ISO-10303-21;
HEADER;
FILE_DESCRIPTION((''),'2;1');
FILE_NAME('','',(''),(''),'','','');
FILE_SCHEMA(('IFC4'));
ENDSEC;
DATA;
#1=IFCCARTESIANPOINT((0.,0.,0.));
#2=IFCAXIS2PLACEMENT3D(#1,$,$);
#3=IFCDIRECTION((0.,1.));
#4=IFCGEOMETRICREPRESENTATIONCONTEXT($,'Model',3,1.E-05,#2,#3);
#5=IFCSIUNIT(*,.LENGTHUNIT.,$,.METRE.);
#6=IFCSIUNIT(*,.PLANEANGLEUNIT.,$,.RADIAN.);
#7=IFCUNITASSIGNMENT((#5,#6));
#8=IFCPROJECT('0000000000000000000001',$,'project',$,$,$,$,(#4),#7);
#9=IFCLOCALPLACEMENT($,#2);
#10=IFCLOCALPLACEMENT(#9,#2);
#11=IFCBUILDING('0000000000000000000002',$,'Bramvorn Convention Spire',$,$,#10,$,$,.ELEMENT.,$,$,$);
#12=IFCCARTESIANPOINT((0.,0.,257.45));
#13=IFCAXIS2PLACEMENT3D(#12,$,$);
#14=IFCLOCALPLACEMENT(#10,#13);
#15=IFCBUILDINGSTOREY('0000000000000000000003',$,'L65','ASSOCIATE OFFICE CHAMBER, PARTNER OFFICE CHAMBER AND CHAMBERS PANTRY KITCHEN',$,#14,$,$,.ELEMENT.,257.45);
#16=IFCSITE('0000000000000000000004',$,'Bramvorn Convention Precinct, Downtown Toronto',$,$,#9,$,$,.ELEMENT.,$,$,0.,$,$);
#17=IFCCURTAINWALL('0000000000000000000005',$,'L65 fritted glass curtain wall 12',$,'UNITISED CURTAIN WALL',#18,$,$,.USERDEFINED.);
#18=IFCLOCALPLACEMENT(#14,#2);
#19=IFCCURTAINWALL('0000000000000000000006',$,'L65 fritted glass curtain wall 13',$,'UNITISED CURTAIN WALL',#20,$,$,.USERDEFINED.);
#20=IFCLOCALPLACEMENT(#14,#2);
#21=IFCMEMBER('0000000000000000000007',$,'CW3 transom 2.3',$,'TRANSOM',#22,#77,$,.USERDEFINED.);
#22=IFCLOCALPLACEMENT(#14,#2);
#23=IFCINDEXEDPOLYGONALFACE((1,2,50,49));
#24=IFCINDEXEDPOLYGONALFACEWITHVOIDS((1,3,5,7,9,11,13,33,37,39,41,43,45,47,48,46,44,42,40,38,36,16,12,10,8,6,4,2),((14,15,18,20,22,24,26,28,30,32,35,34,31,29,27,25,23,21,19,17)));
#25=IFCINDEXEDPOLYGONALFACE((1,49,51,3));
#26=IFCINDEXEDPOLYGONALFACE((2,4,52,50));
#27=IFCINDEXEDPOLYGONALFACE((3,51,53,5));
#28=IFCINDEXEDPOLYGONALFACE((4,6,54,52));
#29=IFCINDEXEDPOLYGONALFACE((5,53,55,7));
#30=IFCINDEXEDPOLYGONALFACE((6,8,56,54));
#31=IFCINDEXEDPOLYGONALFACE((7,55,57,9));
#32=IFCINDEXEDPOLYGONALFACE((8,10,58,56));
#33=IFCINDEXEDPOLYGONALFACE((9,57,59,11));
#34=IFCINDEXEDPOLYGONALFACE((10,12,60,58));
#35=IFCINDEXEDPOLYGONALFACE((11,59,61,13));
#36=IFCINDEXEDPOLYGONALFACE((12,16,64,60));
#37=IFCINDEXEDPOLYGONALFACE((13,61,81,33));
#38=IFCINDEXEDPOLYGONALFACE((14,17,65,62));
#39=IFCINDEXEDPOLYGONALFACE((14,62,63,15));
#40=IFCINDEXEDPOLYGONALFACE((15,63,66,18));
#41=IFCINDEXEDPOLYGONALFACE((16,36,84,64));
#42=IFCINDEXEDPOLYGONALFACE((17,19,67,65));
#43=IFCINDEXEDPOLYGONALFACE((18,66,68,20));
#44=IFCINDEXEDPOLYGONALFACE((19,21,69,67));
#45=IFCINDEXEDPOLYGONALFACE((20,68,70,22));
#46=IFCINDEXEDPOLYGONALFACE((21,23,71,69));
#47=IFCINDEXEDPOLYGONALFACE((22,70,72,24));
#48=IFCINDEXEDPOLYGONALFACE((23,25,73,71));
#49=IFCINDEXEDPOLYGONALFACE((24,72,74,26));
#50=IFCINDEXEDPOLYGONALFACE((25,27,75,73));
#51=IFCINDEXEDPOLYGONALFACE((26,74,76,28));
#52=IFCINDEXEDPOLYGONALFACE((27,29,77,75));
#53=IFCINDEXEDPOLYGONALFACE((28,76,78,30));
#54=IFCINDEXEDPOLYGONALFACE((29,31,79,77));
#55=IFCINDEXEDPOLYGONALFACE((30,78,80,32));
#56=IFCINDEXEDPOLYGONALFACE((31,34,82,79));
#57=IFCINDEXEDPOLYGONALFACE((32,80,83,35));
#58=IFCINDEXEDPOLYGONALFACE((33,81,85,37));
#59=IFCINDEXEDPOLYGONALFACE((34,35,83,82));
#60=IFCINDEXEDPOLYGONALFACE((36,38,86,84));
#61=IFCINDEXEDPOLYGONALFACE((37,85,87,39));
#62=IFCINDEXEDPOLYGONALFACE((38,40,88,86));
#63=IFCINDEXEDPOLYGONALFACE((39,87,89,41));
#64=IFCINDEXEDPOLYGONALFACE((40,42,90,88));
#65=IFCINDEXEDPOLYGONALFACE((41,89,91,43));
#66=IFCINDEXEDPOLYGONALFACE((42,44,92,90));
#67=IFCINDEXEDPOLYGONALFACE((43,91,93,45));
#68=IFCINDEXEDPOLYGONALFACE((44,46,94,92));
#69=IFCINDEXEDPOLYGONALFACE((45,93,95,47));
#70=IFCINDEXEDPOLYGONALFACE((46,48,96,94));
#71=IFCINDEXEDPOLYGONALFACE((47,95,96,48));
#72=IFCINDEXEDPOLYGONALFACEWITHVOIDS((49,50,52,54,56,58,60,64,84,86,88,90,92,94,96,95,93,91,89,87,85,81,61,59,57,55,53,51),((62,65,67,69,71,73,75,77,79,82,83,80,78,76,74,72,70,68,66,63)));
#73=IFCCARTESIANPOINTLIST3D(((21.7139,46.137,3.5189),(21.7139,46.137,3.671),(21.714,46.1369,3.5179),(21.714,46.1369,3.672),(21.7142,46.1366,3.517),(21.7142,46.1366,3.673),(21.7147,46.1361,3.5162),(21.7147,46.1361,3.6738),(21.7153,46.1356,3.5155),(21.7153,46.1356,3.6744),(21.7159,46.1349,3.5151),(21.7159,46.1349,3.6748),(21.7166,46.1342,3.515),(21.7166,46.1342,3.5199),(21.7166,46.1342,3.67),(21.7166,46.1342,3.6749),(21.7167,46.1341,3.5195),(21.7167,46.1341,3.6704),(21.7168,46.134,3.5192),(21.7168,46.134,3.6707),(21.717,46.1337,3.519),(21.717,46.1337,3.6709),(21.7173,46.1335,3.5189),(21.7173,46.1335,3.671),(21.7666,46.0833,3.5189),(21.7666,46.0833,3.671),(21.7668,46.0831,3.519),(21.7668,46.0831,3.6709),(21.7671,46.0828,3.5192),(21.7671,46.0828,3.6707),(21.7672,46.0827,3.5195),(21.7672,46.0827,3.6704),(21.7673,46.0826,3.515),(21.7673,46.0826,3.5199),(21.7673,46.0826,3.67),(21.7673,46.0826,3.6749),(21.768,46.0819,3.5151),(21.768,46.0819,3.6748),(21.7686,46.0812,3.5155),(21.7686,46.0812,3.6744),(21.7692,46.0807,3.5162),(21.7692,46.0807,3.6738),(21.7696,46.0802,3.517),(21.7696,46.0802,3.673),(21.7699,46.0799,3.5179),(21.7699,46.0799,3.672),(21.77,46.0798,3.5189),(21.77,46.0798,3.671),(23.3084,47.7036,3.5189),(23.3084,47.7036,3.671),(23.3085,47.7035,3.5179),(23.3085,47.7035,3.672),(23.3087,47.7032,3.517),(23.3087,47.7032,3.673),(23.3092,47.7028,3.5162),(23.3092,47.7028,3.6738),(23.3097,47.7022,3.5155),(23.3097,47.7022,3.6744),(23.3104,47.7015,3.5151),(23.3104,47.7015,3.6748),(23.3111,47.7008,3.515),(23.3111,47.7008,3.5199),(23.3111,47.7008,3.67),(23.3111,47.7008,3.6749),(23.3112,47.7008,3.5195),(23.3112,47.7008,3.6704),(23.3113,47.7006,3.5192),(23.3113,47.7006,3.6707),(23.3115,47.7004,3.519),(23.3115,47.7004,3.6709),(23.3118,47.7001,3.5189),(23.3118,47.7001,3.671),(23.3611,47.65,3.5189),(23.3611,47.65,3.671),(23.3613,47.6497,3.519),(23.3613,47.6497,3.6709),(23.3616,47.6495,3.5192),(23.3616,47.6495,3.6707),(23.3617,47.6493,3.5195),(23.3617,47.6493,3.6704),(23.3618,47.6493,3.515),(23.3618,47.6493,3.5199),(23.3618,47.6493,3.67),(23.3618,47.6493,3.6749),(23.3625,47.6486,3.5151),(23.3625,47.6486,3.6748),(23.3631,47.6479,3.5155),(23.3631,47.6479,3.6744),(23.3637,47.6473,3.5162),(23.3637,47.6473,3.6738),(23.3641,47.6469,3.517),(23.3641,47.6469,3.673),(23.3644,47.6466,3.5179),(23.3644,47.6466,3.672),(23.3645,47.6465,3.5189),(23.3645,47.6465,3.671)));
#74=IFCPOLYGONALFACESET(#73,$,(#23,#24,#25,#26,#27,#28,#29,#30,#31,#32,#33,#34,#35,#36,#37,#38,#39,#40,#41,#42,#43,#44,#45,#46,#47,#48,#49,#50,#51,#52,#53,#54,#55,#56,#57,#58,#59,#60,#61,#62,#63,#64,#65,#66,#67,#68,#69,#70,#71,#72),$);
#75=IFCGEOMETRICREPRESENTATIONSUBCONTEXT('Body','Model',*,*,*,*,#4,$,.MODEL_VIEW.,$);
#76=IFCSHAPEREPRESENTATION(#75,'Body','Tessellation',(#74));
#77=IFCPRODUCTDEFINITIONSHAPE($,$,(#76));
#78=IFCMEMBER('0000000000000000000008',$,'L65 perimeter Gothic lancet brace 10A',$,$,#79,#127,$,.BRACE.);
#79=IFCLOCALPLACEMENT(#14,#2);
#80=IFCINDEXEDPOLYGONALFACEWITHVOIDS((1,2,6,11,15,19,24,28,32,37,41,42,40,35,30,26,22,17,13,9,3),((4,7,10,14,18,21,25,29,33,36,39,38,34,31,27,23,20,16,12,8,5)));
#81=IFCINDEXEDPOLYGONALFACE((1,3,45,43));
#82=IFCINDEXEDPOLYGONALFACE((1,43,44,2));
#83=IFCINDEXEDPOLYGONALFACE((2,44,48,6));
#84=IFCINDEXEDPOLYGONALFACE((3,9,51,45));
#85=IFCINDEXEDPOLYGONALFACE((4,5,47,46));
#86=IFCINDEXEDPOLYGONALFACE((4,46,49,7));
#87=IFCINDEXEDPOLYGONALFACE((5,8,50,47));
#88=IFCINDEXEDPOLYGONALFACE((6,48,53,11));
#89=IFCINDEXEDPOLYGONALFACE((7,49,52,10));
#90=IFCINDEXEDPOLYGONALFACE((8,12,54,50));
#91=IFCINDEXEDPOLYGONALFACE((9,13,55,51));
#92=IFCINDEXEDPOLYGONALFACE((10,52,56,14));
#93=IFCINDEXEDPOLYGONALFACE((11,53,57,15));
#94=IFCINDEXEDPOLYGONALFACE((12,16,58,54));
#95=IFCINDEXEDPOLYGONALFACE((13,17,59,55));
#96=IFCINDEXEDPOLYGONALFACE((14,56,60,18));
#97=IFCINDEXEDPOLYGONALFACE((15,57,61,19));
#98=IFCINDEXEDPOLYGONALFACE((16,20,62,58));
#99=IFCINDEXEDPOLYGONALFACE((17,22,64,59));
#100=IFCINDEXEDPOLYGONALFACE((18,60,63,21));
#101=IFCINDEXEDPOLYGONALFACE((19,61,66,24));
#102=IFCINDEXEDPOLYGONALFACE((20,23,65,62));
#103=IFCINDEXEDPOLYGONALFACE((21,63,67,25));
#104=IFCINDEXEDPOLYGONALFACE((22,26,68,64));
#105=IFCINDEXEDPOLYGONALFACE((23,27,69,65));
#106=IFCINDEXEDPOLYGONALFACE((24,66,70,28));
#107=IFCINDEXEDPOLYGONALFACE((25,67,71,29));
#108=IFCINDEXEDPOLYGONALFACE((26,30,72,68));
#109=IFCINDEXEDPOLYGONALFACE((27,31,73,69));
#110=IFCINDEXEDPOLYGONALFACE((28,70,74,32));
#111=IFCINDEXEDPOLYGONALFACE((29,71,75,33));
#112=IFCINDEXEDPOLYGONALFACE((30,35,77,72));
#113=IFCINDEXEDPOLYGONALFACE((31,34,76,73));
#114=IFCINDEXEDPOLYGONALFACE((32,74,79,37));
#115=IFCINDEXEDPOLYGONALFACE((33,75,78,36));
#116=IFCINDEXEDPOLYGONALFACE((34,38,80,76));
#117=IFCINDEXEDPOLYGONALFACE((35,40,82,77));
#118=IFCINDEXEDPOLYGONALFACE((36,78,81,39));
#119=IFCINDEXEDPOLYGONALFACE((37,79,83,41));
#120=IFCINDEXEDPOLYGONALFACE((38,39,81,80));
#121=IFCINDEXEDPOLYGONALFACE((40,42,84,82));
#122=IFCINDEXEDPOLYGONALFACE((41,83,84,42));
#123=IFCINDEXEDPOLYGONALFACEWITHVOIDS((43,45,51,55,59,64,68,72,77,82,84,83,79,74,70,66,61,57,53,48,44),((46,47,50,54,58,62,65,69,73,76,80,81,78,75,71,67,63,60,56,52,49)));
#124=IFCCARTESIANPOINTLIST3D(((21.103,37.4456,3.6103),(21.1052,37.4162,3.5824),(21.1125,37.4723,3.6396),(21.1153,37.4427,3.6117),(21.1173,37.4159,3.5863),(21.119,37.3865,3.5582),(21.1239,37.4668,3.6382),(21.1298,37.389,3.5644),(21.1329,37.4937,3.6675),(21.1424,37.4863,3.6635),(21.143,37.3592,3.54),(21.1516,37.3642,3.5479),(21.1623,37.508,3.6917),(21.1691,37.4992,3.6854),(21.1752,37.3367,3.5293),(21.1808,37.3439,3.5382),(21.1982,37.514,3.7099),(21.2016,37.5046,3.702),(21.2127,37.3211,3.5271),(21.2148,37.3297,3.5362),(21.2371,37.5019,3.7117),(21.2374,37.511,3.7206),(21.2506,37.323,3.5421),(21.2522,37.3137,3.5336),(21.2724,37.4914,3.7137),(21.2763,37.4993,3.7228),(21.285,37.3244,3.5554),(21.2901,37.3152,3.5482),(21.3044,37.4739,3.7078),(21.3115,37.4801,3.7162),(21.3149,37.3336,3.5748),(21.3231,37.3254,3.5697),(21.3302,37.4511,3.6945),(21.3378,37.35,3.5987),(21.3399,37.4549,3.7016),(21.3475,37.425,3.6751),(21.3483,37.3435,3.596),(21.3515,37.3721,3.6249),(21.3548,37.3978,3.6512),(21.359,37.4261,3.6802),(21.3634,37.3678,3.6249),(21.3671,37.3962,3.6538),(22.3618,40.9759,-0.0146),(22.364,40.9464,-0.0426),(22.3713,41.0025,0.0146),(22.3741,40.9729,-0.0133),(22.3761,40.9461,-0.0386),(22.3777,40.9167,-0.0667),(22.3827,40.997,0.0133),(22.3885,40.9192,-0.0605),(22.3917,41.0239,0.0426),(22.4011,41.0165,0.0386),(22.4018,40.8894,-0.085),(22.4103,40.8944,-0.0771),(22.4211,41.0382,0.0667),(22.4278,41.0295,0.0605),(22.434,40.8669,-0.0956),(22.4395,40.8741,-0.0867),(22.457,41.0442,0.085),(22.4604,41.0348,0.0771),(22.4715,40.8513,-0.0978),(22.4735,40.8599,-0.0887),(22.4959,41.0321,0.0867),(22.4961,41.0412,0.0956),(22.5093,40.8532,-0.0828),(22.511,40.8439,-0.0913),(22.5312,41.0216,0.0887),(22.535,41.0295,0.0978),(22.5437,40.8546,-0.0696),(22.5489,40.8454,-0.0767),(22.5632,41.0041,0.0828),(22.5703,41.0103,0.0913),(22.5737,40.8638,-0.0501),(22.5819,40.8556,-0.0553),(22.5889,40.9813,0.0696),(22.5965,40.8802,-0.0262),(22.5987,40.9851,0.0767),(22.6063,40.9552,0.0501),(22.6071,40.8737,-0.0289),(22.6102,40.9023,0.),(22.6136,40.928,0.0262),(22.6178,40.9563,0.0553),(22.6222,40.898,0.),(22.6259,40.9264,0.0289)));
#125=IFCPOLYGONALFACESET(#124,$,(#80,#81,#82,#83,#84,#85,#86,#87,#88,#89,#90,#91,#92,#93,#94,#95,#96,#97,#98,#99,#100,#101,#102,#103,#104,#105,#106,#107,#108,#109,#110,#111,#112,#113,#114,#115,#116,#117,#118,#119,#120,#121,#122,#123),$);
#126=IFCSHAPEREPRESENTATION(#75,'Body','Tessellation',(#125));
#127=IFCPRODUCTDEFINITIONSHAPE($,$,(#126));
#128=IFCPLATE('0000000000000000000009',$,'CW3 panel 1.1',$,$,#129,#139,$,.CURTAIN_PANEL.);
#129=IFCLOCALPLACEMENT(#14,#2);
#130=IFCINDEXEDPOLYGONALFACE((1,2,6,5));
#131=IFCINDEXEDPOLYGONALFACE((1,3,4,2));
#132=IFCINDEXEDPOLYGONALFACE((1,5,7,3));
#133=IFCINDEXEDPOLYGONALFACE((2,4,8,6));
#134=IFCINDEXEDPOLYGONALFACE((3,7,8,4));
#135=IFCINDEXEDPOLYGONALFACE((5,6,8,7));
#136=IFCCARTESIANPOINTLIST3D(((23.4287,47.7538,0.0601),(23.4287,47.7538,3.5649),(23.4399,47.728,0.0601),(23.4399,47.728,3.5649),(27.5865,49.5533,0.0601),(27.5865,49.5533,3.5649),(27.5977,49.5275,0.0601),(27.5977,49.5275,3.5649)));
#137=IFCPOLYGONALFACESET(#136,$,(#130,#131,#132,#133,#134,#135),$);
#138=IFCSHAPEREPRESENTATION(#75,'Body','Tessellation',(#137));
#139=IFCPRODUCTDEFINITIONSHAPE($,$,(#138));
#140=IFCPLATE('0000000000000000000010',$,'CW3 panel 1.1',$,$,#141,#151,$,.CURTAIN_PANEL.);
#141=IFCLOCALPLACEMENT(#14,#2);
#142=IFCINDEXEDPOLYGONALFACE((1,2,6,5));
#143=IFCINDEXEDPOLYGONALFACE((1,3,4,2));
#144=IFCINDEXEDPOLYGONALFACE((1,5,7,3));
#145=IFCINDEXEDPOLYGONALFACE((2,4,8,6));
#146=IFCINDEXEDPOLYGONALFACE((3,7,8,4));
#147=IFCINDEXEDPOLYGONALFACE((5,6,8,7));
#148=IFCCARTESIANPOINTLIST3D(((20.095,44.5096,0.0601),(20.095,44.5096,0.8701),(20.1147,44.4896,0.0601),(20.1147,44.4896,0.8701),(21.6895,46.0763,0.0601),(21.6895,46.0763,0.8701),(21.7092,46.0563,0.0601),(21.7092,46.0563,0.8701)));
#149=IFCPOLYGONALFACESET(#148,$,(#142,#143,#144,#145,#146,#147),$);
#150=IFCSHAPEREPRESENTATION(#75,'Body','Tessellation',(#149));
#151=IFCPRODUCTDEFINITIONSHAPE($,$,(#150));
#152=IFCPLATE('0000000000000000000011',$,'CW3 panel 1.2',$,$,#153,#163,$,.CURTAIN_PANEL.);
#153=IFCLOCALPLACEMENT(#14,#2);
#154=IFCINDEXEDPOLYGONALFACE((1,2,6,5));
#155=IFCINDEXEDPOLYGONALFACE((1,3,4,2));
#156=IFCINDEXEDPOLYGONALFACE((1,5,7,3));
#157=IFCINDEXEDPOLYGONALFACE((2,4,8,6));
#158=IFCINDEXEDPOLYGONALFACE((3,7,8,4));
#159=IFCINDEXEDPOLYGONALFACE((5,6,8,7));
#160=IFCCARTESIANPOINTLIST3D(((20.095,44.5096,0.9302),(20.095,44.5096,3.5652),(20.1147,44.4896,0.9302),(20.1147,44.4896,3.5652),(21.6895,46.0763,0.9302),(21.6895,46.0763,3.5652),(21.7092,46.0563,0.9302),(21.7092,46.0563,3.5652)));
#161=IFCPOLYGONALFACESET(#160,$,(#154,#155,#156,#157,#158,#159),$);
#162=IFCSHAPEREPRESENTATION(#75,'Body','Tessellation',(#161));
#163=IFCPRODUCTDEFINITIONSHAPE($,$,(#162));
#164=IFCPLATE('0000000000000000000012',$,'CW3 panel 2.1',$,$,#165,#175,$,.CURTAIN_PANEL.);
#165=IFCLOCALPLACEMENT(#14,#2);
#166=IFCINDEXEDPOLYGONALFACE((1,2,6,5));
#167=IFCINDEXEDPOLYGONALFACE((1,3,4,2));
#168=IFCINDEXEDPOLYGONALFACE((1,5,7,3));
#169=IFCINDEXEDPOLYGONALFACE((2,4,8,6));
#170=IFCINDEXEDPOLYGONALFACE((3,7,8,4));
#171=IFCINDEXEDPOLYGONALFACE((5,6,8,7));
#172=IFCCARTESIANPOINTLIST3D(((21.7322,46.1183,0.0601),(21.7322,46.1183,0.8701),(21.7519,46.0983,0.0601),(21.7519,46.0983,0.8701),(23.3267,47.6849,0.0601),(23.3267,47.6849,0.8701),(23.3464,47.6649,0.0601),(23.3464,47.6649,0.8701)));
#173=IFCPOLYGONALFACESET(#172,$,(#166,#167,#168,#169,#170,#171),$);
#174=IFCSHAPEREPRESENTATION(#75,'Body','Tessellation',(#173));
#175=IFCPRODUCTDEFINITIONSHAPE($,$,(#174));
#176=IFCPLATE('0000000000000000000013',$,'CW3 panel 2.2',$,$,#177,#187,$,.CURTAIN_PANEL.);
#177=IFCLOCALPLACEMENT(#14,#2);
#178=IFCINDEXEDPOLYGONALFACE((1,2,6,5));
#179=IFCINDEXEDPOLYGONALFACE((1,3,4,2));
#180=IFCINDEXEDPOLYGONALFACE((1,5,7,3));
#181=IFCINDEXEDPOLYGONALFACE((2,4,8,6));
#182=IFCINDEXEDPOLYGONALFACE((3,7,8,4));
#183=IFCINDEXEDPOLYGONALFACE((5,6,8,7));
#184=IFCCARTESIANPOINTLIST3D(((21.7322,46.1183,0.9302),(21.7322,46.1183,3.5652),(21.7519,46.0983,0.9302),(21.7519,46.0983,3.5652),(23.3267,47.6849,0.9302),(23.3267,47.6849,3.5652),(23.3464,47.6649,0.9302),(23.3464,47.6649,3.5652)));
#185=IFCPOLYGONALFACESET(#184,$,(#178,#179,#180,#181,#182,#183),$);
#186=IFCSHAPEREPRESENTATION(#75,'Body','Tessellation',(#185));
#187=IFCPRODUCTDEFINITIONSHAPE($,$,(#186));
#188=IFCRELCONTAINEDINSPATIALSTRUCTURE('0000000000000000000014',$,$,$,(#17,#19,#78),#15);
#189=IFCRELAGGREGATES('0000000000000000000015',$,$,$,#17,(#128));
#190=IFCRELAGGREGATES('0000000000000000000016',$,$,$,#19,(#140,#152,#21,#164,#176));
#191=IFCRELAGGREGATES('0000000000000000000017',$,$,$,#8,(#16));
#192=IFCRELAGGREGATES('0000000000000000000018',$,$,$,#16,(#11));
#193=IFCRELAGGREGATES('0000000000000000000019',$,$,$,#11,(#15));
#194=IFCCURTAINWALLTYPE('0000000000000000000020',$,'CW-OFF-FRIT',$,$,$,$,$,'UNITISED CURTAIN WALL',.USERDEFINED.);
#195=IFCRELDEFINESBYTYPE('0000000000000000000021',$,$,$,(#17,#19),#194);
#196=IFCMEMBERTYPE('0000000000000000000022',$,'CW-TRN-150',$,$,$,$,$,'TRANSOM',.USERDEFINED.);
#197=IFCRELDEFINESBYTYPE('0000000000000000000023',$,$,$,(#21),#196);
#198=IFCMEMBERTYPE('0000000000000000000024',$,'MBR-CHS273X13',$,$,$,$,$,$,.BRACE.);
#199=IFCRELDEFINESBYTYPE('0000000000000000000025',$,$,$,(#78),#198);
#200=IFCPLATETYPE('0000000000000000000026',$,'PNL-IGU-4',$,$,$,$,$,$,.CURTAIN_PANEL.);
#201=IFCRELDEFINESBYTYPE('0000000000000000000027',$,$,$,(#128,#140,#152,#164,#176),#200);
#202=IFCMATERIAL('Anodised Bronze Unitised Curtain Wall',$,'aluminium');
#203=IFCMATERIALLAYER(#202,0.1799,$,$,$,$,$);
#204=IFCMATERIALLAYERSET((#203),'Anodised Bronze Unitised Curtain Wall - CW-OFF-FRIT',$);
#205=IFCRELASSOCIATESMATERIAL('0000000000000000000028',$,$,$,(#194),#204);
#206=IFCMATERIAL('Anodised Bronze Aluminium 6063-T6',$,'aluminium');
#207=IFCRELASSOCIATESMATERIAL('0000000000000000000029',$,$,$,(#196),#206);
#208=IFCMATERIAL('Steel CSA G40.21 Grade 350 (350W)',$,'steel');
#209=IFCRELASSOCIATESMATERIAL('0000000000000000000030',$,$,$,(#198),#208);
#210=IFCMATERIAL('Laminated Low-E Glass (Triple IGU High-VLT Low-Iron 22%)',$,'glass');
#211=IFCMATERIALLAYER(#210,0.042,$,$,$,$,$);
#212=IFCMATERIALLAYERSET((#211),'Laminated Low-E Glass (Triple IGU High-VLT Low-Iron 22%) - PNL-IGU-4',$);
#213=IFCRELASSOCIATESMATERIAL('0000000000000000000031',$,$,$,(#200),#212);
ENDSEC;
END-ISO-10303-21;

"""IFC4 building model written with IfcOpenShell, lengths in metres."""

from ifc_helpers import new_model, si_unit, direction, frame, origin, origin_2d, place, context, subcontext, project, spatial, rectangle, hollow_rectangle, hollow_circle, extrude, material, layer, layer_set, material_profile, profile_set, type_object, element, aggregate, save


model = new_model("IFC4")

# Units and contexts
model_context = context("Model", 3, precision=1e-05, world=origin(), true_north=direction((0.0, 1.0)))
body_context = subcontext(model_context, "Body", "Model", "MODEL_VIEW")
ifc_project = project(units=[si_unit("LENGTHUNIT", "METRE"), si_unit("PLANEANGLEUNIT", "RADIAN")], contexts=[model_context])

# Site, building, storey
site_placement = place(None, origin())
site = spatial("IfcSite", under=ifc_project, at=site_placement, Name="Bramvorn Convention Precinct, Downtown Toronto", CompositionType="ELEMENT", RefElevation=0.0)
building_placement = place(site_placement, origin())
building = spatial("IfcBuilding", under=site, at=building_placement, Name="Bramvorn Convention Spire", CompositionType="ELEMENT")
storey_placement = place(building_placement, frame((0.0, 0.0, 257.45)))
storey = spatial("IfcBuildingStorey", under=building, at=storey_placement, Name="L65", Description="ASSOCIATE OFFICE CHAMBER, PARTNER OFFICE CHAMBER AND CHAMBERS PANTRY KITCHEN", CompositionType="ELEMENT", Elevation=257.45)

# Shared definitions
ifc_material_1 = material(Name="Steel CSA G40.21 Grade 350 (350W)", Category="steel")

# Curtain walls
ifc_material_2 = material(Name="Anodised Bronze Unitised Curtain Wall", Category="aluminium")
ifc_layer_1 = layer(ifc_material_2, 0.1799)
ifc_layer_set_1 = layer_set([ifc_layer_1], Name="Anodised Bronze Unitised Curtain Wall - CW-OFF-FRIT")
curtain_wall_type = type_object("IfcCurtainWallType", Name="CW-OFF-FRIT", ElementType="UNITISED CURTAIN WALL", PredefinedType="USERDEFINED", material=ifc_layer_set_1)
curtain_wall_1_placement = place(storey_placement, origin())
curtain_wall_1 = element("IfcCurtainWall", 1, at=curtain_wall_1_placement, inside=storey, type_object=curtain_wall_type, Name="L65 fritted glass curtain wall 12", ObjectType="UNITISED CURTAIN WALL", PredefinedType="USERDEFINED")
ifc_material_3 = material(Name="Anodised Bronze Aluminium 6063-T6", Category="aluminium")
curtain_wall_2_placement = place(storey_placement, origin())
curtain_wall_2 = element("IfcCurtainWall", 2, at=curtain_wall_2_placement, inside=storey, type_object=curtain_wall_type, Name="L65 fritted glass curtain wall 13", ObjectType="UNITISED CURTAIN WALL", PredefinedType="USERDEFINED")

# Members
ifc_material_profile_1 = material_profile(ifc_material_3, hollow_rectangle(XDim=0.0801, YDim=0.1599, WallThickness=0.0039, InnerFilletRadius=0.001, OuterFilletRadius=0.0039, at=origin_2d()))
ifc_profile_set_1 = profile_set([ifc_material_profile_1], Name="Anodised Bronze Aluminium 6063-T6 - CWT80X160")
member_type_1 = type_object("IfcMemberType", Name="CW-TRN-150", ElementType="TRANSOM", PredefinedType="USERDEFINED", material=ifc_profile_set_1)
member_1_placement = place(storey_placement, frame((21.7419, 46.1084, 3.595), z_axis=(0.713305, 0.700854, 0.0), x_axis=(-0.700854, 0.713305, 0.0)))
member_1 = element("IfcMember", 3, at=member_1_placement, type_object=member_type_1, Name="CW3 transom 2.3", ObjectType="TRANSOM", PredefinedType="USERDEFINED", context=body_context, shape_type="SweptSolid", body=[
    extrude(hollow_rectangle(XDim=0.0801, YDim=0.1599, WallThickness=0.0039, InnerFilletRadius=0.001, OuterFilletRadius=0.0039, at=origin_2d()), origin(), (0.0, 0.0, 1.0), 2.2354),
])
ifc_material_profile_2 = material_profile(ifc_material_1, hollow_circle(Radius=0.1365, WallThickness=0.0127, at=origin_2d()))
ifc_profile_set_2 = profile_set([ifc_material_profile_2], Name="Steel CSA G40.21 Grade 350 (350W) - CHS273X13")
member_type_2 = type_object("IfcMemberType", Name="MBR-CHS273X13", PredefinedType="BRACE", material=ifc_profile_set_2)
member_2_placement = place(storey_placement, frame((22.4937, 40.9438, 0.0), z_axis=(-0.241415, -0.677048, 0.695215), x_axis=(0.941913, -0.335858, 0.0)))
element("IfcMember", 4, at=member_2_placement, inside=storey, type_object=member_type_2, Name="L65 perimeter Gothic lancet brace 10A", PredefinedType="BRACE", context=body_context, shape_type="SweptSolid", body=[
    extrude(hollow_circle(Radius=0.1365, WallThickness=0.0127, at=origin_2d()), origin(), (0.0, 0.0, 1.0), 5.2141),
])

# Plates
ifc_material_4 = material(Name="Laminated Low-E Glass (Triple IGU High-VLT Low-Iron 22%)", Category="glass")
ifc_layer_2 = layer(ifc_material_4, 0.042)
ifc_layer_set_2 = layer_set([ifc_layer_2], Name="Laminated Low-E Glass (Triple IGU High-VLT Low-Iron 22%) - PNL-IGU-4")
plate_type = type_object("IfcPlateType", Name="PNL-IGU-4", PredefinedType="CURTAIN_PANEL", material=ifc_layer_set_2)
plate_1_placement = place(storey_placement, frame((25.5132, 48.6406, 0.0601), z_axis=(0.0, 0.0, 1.0), x_axis=(0.917733, 0.397197, 0.0)))
plate_1 = element("IfcPlate", 5, at=plate_1_placement, type_object=plate_type, Name="CW3 panel 1.1", PredefinedType="CURTAIN_PANEL", context=body_context, shape_type="SweptSolid", body=[
    extrude(rectangle(XDim=4.5305, YDim=0.0281, at=origin_2d()), origin(), (0.0, 0.0, 1.0), 3.5049),
])
aggregate(curtain_wall_1, [plate_1])
plate_2_placement = place(storey_placement, frame((20.9021, 45.283, 0.0601), z_axis=(0.0, 0.0, 1.0), x_axis=(0.713304, 0.700854, 0.0)))
plate_2 = element("IfcPlate", 6, at=plate_2_placement, type_object=plate_type, Name="CW3 panel 1.1", PredefinedType="CURTAIN_PANEL", context=body_context, shape_type="SweptSolid", body=[
    extrude(rectangle(XDim=2.2354, YDim=0.0281, at=origin_2d()), origin(), (0.0, 0.0, 1.0), 0.8101),
])
plate_3_placement = place(storey_placement, frame((20.9021, 45.283, 0.9302), z_axis=(0.0, 0.0, 1.0), x_axis=(0.713304, 0.700854, 0.0)))
plate_3 = element("IfcPlate", 7, at=plate_3_placement, type_object=plate_type, Name="CW3 panel 1.2", PredefinedType="CURTAIN_PANEL", context=body_context, shape_type="SweptSolid", body=[
    extrude(rectangle(XDim=2.2354, YDim=0.0281, at=origin_2d()), origin(), (0.0, 0.0, 1.0), 2.635),
])
plate_4_placement = place(storey_placement, frame((22.5393, 46.8916, 0.0601), z_axis=(0.0, 0.0, 1.0), x_axis=(0.713304, 0.700854, 0.0)))
plate_4 = element("IfcPlate", 8, at=plate_4_placement, type_object=plate_type, Name="CW3 panel 2.1", PredefinedType="CURTAIN_PANEL", context=body_context, shape_type="SweptSolid", body=[
    extrude(rectangle(XDim=2.2354, YDim=0.0281, at=origin_2d()), origin(), (0.0, 0.0, 1.0), 0.8101),
])
plate_5_placement = place(storey_placement, frame((22.5393, 46.8916, 0.9302), z_axis=(0.0, 0.0, 1.0), x_axis=(0.713304, 0.700854, 0.0)))
plate_5 = element("IfcPlate", 9, at=plate_5_placement, type_object=plate_type, Name="CW3 panel 2.2", PredefinedType="CURTAIN_PANEL", context=body_context, shape_type="SweptSolid", body=[
    extrude(rectangle(XDim=2.2354, YDim=0.0281, at=origin_2d()), origin(), (0.0, 0.0, 1.0), 2.635),
])
aggregate(curtain_wall_2, [plate_2, plate_3, member_1, plate_4, plate_5])

save(model, "model.ifc")
